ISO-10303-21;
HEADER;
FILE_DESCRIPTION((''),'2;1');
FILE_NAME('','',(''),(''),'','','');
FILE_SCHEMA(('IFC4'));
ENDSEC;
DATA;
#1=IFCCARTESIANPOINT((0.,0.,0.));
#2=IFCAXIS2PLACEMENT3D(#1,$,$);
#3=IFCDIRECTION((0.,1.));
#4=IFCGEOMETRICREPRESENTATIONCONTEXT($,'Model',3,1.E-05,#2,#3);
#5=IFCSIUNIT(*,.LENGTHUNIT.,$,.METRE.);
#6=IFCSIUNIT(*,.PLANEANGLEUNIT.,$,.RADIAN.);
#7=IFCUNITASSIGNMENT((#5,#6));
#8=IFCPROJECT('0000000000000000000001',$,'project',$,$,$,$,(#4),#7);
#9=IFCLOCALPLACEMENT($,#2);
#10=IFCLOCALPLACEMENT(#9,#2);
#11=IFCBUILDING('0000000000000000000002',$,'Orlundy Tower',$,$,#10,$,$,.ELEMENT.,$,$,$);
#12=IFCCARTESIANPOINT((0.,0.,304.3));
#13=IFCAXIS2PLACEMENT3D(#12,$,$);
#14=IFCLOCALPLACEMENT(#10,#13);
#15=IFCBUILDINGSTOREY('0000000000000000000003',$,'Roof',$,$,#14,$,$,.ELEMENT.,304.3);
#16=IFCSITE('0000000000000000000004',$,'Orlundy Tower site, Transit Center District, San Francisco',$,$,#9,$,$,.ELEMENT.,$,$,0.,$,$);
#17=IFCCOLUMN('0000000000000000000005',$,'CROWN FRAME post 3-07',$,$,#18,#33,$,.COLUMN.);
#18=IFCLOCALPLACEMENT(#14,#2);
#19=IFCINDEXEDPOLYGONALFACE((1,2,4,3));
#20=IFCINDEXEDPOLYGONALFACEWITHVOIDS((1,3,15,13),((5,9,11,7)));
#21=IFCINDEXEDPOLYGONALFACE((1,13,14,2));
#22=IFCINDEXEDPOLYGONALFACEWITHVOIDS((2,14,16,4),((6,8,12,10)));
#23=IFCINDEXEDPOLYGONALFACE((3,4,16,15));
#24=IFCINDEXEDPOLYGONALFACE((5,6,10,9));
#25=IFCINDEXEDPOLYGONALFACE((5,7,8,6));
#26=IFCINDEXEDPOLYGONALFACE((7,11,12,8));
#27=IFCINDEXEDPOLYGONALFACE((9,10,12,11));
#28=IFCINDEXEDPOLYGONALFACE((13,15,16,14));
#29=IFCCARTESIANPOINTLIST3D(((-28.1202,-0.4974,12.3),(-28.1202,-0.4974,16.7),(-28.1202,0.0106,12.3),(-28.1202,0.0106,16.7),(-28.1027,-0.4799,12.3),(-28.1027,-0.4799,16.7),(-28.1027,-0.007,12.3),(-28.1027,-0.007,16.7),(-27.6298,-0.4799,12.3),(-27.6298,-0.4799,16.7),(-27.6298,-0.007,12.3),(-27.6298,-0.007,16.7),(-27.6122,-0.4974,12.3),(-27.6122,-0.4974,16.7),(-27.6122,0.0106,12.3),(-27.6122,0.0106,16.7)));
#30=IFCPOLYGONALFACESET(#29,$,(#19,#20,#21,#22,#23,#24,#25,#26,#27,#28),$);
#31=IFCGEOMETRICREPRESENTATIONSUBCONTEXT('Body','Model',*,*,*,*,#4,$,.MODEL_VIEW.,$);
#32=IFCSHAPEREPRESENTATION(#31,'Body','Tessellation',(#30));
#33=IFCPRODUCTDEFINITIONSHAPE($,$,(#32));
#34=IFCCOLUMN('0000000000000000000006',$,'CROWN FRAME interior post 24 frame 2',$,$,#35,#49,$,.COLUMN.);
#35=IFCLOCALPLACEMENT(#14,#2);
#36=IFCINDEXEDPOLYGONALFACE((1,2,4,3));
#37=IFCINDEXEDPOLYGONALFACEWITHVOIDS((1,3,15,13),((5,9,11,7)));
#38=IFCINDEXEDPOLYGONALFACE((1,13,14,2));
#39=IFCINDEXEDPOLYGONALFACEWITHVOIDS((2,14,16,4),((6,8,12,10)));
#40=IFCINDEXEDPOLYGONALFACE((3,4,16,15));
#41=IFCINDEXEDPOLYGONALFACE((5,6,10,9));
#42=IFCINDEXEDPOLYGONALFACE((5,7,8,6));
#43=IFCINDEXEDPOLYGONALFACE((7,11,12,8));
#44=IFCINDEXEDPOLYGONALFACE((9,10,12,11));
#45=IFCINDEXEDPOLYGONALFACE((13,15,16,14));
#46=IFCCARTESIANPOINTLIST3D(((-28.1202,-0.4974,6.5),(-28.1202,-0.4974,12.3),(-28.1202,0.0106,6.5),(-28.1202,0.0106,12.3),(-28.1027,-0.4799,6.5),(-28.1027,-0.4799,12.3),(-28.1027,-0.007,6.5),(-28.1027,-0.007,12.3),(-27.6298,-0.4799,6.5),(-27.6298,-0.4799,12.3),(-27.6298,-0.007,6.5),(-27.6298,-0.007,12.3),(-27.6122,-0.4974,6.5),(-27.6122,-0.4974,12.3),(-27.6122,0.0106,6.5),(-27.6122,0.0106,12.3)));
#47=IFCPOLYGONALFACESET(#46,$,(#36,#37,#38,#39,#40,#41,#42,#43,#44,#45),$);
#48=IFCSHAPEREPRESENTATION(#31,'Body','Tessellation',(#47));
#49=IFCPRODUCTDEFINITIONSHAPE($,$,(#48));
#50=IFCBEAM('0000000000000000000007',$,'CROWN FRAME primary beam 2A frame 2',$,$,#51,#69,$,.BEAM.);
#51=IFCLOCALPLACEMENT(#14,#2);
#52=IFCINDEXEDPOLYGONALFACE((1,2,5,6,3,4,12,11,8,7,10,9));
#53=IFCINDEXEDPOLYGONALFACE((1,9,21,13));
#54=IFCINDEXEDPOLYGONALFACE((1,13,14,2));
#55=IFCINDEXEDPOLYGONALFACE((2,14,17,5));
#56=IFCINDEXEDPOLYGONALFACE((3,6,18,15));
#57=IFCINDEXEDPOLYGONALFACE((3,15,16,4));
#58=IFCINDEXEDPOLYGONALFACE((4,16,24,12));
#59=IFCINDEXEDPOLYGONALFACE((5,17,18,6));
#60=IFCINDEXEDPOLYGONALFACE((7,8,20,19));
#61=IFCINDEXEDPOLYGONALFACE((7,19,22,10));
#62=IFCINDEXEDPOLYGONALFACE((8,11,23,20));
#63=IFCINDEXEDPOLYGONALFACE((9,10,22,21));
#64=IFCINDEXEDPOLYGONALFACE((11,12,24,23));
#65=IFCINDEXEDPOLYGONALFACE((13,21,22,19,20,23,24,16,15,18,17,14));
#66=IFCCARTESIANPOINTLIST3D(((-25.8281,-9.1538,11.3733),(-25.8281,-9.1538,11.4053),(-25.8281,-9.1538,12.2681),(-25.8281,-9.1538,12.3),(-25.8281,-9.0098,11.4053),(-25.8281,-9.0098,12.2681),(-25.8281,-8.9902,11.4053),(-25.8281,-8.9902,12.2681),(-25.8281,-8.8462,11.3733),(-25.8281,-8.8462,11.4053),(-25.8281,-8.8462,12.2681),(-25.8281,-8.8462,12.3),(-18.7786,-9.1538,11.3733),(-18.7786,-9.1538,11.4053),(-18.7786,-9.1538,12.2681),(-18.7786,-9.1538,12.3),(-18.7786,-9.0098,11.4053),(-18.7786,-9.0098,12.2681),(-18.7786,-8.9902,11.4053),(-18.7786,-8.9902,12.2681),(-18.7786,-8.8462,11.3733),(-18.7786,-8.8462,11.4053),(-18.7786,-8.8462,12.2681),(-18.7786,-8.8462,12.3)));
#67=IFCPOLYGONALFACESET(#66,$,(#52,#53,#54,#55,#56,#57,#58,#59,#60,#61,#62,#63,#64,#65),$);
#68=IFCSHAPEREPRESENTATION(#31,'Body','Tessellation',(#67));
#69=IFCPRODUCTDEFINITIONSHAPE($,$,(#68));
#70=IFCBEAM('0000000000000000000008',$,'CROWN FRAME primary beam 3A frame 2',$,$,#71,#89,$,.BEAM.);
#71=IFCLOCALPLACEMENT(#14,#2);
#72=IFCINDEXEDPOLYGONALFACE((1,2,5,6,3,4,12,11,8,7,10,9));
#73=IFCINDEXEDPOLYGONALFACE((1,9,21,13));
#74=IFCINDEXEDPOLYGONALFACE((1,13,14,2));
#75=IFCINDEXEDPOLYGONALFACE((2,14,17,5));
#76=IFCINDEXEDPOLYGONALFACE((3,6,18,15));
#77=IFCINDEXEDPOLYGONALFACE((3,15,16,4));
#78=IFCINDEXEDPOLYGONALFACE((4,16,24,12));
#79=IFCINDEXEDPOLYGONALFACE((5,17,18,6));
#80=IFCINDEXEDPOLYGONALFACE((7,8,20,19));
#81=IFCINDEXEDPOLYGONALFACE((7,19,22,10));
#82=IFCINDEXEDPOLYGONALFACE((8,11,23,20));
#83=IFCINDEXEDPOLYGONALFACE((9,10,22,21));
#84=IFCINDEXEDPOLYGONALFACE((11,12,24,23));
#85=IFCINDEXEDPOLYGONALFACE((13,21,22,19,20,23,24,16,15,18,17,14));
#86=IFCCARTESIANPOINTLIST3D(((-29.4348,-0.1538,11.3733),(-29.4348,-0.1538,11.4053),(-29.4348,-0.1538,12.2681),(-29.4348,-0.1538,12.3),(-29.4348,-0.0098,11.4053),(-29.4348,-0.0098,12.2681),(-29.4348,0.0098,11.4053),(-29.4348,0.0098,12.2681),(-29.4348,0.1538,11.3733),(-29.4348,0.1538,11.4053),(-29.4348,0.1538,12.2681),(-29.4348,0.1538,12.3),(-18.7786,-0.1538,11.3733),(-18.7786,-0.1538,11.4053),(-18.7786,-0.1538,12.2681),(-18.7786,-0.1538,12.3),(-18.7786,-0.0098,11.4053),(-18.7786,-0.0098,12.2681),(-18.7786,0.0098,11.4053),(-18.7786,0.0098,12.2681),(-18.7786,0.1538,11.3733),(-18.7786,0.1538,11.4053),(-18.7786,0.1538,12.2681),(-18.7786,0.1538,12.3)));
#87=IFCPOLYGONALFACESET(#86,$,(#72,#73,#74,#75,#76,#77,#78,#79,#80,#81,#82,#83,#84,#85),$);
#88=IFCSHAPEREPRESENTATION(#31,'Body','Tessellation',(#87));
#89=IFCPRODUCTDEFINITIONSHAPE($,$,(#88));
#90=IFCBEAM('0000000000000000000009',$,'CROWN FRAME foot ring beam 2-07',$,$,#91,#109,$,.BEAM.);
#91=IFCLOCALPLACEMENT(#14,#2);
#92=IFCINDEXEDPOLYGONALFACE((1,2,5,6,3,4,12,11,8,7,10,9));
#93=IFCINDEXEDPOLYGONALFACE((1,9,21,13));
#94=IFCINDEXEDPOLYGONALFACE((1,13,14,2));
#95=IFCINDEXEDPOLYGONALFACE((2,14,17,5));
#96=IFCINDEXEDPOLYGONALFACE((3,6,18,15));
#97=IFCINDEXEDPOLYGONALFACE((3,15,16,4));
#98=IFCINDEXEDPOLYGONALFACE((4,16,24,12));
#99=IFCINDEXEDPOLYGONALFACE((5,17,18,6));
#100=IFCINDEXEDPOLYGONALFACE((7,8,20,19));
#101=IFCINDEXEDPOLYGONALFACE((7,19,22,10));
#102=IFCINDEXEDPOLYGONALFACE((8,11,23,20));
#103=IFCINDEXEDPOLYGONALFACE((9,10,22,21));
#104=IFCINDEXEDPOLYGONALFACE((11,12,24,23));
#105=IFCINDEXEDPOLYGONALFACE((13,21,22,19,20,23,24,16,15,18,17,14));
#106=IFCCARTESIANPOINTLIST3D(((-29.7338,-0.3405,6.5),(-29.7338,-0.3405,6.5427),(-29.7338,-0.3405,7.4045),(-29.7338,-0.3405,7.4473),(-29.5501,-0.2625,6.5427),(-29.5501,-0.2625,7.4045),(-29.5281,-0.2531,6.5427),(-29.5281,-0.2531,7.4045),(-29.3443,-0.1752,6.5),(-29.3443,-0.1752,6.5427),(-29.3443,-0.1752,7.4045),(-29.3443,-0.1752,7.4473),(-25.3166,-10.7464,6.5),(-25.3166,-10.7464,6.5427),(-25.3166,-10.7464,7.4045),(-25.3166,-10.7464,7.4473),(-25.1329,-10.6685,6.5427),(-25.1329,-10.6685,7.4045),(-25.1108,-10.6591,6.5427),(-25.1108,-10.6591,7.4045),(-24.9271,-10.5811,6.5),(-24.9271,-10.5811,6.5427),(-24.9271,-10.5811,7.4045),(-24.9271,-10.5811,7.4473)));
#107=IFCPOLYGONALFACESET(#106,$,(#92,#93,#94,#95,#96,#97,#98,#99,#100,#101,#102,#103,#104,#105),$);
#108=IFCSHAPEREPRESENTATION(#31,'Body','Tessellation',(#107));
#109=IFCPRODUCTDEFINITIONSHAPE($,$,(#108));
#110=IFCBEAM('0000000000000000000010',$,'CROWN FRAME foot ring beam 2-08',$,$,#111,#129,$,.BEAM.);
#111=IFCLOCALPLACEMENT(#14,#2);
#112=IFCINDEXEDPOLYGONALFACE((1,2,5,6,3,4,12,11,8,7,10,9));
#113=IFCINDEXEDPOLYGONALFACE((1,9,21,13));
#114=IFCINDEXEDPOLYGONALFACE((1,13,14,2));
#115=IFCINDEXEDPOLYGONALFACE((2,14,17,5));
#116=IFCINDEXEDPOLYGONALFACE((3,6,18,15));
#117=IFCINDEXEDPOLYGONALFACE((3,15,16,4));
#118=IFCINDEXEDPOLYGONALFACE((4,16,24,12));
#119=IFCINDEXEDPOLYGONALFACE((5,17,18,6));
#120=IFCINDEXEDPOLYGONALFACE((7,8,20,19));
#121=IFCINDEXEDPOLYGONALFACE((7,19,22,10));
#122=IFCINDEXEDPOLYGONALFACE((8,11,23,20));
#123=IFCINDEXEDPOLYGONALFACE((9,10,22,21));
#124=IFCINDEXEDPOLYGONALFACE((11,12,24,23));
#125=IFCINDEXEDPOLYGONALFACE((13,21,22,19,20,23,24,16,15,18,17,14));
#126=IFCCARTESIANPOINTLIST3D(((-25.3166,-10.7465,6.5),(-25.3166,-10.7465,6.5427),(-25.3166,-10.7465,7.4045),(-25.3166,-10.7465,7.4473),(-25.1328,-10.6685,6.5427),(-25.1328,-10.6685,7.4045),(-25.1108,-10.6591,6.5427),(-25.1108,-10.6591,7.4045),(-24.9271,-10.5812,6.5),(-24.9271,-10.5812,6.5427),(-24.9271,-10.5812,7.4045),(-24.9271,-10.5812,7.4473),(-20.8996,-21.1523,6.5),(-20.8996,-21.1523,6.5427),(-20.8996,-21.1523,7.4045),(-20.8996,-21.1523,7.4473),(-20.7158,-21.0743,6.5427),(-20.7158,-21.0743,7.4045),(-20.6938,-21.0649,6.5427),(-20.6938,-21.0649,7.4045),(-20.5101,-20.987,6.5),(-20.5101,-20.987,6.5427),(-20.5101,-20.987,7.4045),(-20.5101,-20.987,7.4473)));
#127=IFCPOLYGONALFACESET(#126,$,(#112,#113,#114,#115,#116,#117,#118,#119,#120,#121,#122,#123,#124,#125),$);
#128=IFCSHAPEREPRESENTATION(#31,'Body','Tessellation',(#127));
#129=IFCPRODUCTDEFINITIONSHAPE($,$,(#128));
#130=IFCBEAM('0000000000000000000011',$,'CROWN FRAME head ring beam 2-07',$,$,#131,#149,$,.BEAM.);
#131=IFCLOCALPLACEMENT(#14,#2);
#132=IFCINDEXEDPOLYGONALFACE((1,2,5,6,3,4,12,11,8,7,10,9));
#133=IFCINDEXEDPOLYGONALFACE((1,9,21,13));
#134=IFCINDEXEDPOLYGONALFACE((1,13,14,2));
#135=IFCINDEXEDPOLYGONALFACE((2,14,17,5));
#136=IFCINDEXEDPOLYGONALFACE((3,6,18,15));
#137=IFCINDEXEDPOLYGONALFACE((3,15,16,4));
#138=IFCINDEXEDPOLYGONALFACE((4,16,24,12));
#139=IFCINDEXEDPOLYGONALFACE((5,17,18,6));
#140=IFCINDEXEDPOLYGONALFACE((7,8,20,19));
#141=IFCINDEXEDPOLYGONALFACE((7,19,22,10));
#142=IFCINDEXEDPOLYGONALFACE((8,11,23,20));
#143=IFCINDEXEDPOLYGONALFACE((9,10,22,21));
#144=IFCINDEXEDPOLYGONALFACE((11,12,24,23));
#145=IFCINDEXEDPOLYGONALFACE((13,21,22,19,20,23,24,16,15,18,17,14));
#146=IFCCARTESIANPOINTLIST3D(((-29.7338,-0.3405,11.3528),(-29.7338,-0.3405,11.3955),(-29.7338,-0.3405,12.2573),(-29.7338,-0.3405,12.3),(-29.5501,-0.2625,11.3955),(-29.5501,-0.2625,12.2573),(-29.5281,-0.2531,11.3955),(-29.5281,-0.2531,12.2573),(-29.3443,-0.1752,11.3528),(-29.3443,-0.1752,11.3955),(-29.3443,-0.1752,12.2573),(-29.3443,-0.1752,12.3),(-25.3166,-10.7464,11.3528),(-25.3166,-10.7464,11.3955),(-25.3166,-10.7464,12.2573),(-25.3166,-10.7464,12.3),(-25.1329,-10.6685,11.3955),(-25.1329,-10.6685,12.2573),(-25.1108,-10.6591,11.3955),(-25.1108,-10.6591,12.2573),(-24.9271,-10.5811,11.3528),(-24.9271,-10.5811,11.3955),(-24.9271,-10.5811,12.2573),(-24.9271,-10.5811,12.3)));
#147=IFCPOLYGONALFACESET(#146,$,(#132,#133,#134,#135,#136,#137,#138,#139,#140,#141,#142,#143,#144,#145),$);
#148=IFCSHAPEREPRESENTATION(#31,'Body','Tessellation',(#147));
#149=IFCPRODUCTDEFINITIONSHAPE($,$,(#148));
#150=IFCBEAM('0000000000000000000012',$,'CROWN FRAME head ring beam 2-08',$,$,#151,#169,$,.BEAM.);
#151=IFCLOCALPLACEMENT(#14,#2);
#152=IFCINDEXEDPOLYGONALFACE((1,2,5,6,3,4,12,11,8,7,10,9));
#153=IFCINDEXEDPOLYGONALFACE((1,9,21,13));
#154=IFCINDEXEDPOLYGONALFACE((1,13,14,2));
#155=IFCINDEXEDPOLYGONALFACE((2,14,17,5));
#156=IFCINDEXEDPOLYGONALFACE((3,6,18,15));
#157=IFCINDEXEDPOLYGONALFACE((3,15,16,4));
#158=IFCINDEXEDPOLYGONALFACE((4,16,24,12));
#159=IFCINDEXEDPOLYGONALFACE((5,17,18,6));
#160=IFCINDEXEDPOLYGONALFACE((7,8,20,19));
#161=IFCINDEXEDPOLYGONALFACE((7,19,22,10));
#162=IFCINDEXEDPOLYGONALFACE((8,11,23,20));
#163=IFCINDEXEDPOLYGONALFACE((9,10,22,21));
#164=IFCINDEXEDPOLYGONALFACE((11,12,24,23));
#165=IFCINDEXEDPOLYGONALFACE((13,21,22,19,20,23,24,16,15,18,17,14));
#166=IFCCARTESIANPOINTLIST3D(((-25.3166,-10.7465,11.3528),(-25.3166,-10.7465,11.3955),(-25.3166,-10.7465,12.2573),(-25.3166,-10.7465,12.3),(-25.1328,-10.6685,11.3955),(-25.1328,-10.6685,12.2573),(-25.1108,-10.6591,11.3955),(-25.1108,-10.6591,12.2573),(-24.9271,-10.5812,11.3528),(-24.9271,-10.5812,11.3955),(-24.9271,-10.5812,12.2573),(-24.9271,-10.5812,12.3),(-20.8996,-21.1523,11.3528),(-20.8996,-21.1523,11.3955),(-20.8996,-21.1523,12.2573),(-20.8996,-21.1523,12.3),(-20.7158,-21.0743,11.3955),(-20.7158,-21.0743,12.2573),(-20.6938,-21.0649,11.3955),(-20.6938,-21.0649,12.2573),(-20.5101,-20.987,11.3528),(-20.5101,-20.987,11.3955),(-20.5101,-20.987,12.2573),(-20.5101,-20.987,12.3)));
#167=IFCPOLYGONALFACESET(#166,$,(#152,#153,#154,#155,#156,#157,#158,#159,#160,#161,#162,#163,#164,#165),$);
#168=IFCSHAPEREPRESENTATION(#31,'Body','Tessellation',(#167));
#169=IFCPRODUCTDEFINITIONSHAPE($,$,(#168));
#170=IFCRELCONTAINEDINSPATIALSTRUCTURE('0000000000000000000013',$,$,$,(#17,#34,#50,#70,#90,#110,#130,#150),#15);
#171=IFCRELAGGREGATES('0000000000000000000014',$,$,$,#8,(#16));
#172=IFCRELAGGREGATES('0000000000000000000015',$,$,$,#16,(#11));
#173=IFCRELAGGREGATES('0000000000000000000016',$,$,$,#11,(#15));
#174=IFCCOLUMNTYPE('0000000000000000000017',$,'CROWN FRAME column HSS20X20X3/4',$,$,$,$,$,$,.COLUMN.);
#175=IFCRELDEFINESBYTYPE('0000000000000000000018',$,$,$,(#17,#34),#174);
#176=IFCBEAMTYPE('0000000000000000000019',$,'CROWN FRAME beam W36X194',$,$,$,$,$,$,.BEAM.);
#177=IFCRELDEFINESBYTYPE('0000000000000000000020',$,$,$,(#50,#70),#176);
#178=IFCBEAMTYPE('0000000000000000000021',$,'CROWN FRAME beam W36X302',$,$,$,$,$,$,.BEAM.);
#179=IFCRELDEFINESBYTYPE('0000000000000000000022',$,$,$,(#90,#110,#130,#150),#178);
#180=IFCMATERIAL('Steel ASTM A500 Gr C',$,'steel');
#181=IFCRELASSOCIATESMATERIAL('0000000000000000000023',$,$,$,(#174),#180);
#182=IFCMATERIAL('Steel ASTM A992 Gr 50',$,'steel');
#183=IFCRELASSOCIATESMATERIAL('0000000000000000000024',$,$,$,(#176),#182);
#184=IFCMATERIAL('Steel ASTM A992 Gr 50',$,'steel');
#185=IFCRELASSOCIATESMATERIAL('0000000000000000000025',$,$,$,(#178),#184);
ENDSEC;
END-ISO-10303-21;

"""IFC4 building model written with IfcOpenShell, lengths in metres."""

from ifc_helpers import new_model, si_unit, direction, frame, origin, origin_2d, place, context, subcontext, project, spatial, hollow_rectangle, i_section, extrude, material, material_profile, profile_set, type_object, element, save


model = new_model("IFC4")

# Units and contexts
model_context = context("Model", 3, precision=1e-05, world=origin(), true_north=direction((0.0, 1.0)))
body_context = subcontext(model_context, "Body", "Model", "MODEL_VIEW")
ifc_project = project(units=[si_unit("LENGTHUNIT", "METRE"), si_unit("PLANEANGLEUNIT", "RADIAN")], contexts=[model_context])

# Site, building, storey
site_placement = place(None, origin())
site = spatial("IfcSite", under=ifc_project, at=site_placement, Name="Orlundy Tower site, Transit Center District, San Francisco", CompositionType="ELEMENT", RefElevation=0.0)
building_placement = place(site_placement, origin())
building = spatial("IfcBuilding", under=site, at=building_placement, Name="Orlundy Tower", CompositionType="ELEMENT")
storey_placement = place(building_placement, frame((0.0, 0.0, 304.3)))
storey = spatial("IfcBuildingStorey", under=building, at=storey_placement, Name="Roof", CompositionType="ELEMENT", Elevation=304.3)

# Columns
ifc_material_1 = material(Name="Steel ASTM A500 Gr C", Category="steel")
ifc_material_profile_1 = material_profile(ifc_material_1, hollow_rectangle(XDim=0.5081, YDim=0.5081, WallThickness=0.0176, at=origin_2d()), Name="HSS20X20X3/4")
ifc_profile_set_1 = profile_set([ifc_material_profile_1], Name="Steel ASTM A500 Gr C")
column_type = type_object("IfcColumnType", Name="CROWN FRAME column HSS20X20X3/4", PredefinedType="COLUMN", material=ifc_profile_set_1)
column_1_placement = place(storey_placement, frame((-27.8662, -0.2434, 12.3), z_axis=(0.0, 0.0, 1.0), x_axis=(1.0, 0.0, 0.0)))
element("IfcColumn", 1, at=column_1_placement, inside=storey, type_object=column_type, Name="CROWN FRAME post 3-07", PredefinedType="COLUMN", context=body_context, shape_type="SweptSolid", body=[
    extrude(hollow_rectangle(XDim=0.5081, YDim=0.5081, WallThickness=0.0176, at=origin_2d()), origin(), (0.0, 0.0, 1.0), 4.3999),
])
column_2_placement = place(storey_placement, frame((-27.8662, -0.2434, 6.5), z_axis=(0.0, 0.0, 1.0), x_axis=(1.0, 0.0, 0.0)))
element("IfcColumn", 2, at=column_2_placement, inside=storey, type_object=column_type, Name="CROWN FRAME interior post 24 frame 2", PredefinedType="COLUMN", context=body_context, shape_type="SweptSolid", body=[
    extrude(hollow_rectangle(XDim=0.5081, YDim=0.5081, WallThickness=0.0176, at=origin_2d()), origin(), (0.0, 0.0, 1.0), 5.8),
])

# Beams
ifc_material_2 = material(Name="Steel ASTM A992 Gr 50", Category="steel")
ifc_material_profile_2 = material_profile(ifc_material_2, i_section(OverallWidth=0.3076, OverallDepth=0.9268, WebThickness=0.0195, FlangeThickness=0.032, at=origin_2d()), Name="W36X194")
ifc_profile_set_2 = profile_set([ifc_material_profile_2], Name="Steel ASTM A992 Gr 50")
beam_type_1 = type_object("IfcBeamType", Name="CROWN FRAME beam W36X194", PredefinedType="BEAM", material=ifc_profile_set_2)
beam_1_placement = place(storey_placement, frame((-25.8281, -9.0, 11.8367), z_axis=(1.0, 0.0, 0.0), x_axis=(0.0, 1.0, 0.0)))
element("IfcBeam", 3, at=beam_1_placement, inside=storey, type_object=beam_type_1, Name="CROWN FRAME primary beam 2A frame 2", PredefinedType="BEAM", context=body_context, shape_type="SweptSolid", body=[
    extrude(i_section(OverallWidth=0.3076, OverallDepth=0.9268, WebThickness=0.0195, FlangeThickness=0.032, at=origin_2d()), origin(), (0.0, 0.0, 1.0), 7.0496),
])
beam_2_placement = place(storey_placement, frame((-29.4348, 0.0, 11.8367), z_axis=(1.0, 0.0, 0.0), x_axis=(0.0, 1.0, 0.0)))
element("IfcBeam", 4, at=beam_2_placement, inside=storey, type_object=beam_type_1, Name="CROWN FRAME primary beam 3A frame 2", PredefinedType="BEAM", context=body_context, shape_type="SweptSolid", body=[
    extrude(i_section(OverallWidth=0.3076, OverallDepth=0.9268, WebThickness=0.0195, FlangeThickness=0.032, at=origin_2d()), origin(), (0.0, 0.0, 1.0), 10.6562),
])
ifc_material_3 = material(Name="Steel ASTM A992 Gr 50", Category="steel")
ifc_material_profile_3 = material_profile(ifc_material_3, i_section(OverallWidth=0.4231, OverallDepth=0.9473, WebThickness=0.0239, FlangeThickness=0.0427, at=origin_2d()), Name="W36X302")
ifc_profile_set_3 = profile_set([ifc_material_profile_3], Name="Steel ASTM A992 Gr 50")
beam_type_2 = type_object("IfcBeamType", Name="CROWN FRAME beam W36X302", PredefinedType="BEAM", material=ifc_profile_set_3)
beam_3_placement = place(storey_placement, frame((-29.5391, -0.2578, 6.9736), z_axis=(0.390742, -0.9205, 0.0), x_axis=(0.9205, 0.390742, 0.0)))
element("IfcBeam", 5, at=beam_3_placement, inside=storey, type_object=beam_type_2, Name="CROWN FRAME foot ring beam 2-07", PredefinedType="BEAM", context=body_context, shape_type="SweptSolid", body=[
    extrude(i_section(OverallWidth=0.4231, OverallDepth=0.9473, WebThickness=0.0239, FlangeThickness=0.0427, at=origin_2d()), origin(), (0.0, 0.0, 1.0), 11.3047),
])
beam_4_placement = place(storey_placement, frame((-25.1218, -10.6638, 6.9736), z_axis=(0.390732, -0.920505, 0.0), x_axis=(0.920505, 0.390732, 0.0)))
element("IfcBeam", 6, at=beam_4_placement, inside=storey, type_object=beam_type_2, Name="CROWN FRAME foot ring beam 2-08", PredefinedType="BEAM", context=body_context, shape_type="SweptSolid", body=[
    extrude(i_section(OverallWidth=0.4231, OverallDepth=0.9473, WebThickness=0.0239, FlangeThickness=0.0427, at=origin_2d()), origin(), (0.0, 0.0, 1.0), 11.3044),
])
beam_5_placement = place(storey_placement, frame((-29.5391, -0.2578, 11.8264), z_axis=(0.390742, -0.9205, 0.0), x_axis=(0.9205, 0.390742, 0.0)))
element("IfcBeam", 7, at=beam_5_placement, inside=storey, type_object=beam_type_2, Name="CROWN FRAME head ring beam 2-07", PredefinedType="BEAM", context=body_context, shape_type="SweptSolid", body=[
    extrude(i_section(OverallWidth=0.4231, OverallDepth=0.9473, WebThickness=0.0239, FlangeThickness=0.0427, at=origin_2d()), origin(), (0.0, 0.0, 1.0), 11.3047),
])
beam_6_placement = place(storey_placement, frame((-25.1218, -10.6638, 11.8264), z_axis=(0.390732, -0.920505, 0.0), x_axis=(0.920505, 0.390732, 0.0)))
element("IfcBeam", 8, at=beam_6_placement, inside=storey, type_object=beam_type_2, Name="CROWN FRAME head ring beam 2-08", PredefinedType="BEAM", context=body_context, shape_type="SweptSolid", body=[
    extrude(i_section(OverallWidth=0.4231, OverallDepth=0.9473, WebThickness=0.0239, FlangeThickness=0.0427, at=origin_2d()), origin(), (0.0, 0.0, 1.0), 11.3044),
])

save(model, "model.ifc")
